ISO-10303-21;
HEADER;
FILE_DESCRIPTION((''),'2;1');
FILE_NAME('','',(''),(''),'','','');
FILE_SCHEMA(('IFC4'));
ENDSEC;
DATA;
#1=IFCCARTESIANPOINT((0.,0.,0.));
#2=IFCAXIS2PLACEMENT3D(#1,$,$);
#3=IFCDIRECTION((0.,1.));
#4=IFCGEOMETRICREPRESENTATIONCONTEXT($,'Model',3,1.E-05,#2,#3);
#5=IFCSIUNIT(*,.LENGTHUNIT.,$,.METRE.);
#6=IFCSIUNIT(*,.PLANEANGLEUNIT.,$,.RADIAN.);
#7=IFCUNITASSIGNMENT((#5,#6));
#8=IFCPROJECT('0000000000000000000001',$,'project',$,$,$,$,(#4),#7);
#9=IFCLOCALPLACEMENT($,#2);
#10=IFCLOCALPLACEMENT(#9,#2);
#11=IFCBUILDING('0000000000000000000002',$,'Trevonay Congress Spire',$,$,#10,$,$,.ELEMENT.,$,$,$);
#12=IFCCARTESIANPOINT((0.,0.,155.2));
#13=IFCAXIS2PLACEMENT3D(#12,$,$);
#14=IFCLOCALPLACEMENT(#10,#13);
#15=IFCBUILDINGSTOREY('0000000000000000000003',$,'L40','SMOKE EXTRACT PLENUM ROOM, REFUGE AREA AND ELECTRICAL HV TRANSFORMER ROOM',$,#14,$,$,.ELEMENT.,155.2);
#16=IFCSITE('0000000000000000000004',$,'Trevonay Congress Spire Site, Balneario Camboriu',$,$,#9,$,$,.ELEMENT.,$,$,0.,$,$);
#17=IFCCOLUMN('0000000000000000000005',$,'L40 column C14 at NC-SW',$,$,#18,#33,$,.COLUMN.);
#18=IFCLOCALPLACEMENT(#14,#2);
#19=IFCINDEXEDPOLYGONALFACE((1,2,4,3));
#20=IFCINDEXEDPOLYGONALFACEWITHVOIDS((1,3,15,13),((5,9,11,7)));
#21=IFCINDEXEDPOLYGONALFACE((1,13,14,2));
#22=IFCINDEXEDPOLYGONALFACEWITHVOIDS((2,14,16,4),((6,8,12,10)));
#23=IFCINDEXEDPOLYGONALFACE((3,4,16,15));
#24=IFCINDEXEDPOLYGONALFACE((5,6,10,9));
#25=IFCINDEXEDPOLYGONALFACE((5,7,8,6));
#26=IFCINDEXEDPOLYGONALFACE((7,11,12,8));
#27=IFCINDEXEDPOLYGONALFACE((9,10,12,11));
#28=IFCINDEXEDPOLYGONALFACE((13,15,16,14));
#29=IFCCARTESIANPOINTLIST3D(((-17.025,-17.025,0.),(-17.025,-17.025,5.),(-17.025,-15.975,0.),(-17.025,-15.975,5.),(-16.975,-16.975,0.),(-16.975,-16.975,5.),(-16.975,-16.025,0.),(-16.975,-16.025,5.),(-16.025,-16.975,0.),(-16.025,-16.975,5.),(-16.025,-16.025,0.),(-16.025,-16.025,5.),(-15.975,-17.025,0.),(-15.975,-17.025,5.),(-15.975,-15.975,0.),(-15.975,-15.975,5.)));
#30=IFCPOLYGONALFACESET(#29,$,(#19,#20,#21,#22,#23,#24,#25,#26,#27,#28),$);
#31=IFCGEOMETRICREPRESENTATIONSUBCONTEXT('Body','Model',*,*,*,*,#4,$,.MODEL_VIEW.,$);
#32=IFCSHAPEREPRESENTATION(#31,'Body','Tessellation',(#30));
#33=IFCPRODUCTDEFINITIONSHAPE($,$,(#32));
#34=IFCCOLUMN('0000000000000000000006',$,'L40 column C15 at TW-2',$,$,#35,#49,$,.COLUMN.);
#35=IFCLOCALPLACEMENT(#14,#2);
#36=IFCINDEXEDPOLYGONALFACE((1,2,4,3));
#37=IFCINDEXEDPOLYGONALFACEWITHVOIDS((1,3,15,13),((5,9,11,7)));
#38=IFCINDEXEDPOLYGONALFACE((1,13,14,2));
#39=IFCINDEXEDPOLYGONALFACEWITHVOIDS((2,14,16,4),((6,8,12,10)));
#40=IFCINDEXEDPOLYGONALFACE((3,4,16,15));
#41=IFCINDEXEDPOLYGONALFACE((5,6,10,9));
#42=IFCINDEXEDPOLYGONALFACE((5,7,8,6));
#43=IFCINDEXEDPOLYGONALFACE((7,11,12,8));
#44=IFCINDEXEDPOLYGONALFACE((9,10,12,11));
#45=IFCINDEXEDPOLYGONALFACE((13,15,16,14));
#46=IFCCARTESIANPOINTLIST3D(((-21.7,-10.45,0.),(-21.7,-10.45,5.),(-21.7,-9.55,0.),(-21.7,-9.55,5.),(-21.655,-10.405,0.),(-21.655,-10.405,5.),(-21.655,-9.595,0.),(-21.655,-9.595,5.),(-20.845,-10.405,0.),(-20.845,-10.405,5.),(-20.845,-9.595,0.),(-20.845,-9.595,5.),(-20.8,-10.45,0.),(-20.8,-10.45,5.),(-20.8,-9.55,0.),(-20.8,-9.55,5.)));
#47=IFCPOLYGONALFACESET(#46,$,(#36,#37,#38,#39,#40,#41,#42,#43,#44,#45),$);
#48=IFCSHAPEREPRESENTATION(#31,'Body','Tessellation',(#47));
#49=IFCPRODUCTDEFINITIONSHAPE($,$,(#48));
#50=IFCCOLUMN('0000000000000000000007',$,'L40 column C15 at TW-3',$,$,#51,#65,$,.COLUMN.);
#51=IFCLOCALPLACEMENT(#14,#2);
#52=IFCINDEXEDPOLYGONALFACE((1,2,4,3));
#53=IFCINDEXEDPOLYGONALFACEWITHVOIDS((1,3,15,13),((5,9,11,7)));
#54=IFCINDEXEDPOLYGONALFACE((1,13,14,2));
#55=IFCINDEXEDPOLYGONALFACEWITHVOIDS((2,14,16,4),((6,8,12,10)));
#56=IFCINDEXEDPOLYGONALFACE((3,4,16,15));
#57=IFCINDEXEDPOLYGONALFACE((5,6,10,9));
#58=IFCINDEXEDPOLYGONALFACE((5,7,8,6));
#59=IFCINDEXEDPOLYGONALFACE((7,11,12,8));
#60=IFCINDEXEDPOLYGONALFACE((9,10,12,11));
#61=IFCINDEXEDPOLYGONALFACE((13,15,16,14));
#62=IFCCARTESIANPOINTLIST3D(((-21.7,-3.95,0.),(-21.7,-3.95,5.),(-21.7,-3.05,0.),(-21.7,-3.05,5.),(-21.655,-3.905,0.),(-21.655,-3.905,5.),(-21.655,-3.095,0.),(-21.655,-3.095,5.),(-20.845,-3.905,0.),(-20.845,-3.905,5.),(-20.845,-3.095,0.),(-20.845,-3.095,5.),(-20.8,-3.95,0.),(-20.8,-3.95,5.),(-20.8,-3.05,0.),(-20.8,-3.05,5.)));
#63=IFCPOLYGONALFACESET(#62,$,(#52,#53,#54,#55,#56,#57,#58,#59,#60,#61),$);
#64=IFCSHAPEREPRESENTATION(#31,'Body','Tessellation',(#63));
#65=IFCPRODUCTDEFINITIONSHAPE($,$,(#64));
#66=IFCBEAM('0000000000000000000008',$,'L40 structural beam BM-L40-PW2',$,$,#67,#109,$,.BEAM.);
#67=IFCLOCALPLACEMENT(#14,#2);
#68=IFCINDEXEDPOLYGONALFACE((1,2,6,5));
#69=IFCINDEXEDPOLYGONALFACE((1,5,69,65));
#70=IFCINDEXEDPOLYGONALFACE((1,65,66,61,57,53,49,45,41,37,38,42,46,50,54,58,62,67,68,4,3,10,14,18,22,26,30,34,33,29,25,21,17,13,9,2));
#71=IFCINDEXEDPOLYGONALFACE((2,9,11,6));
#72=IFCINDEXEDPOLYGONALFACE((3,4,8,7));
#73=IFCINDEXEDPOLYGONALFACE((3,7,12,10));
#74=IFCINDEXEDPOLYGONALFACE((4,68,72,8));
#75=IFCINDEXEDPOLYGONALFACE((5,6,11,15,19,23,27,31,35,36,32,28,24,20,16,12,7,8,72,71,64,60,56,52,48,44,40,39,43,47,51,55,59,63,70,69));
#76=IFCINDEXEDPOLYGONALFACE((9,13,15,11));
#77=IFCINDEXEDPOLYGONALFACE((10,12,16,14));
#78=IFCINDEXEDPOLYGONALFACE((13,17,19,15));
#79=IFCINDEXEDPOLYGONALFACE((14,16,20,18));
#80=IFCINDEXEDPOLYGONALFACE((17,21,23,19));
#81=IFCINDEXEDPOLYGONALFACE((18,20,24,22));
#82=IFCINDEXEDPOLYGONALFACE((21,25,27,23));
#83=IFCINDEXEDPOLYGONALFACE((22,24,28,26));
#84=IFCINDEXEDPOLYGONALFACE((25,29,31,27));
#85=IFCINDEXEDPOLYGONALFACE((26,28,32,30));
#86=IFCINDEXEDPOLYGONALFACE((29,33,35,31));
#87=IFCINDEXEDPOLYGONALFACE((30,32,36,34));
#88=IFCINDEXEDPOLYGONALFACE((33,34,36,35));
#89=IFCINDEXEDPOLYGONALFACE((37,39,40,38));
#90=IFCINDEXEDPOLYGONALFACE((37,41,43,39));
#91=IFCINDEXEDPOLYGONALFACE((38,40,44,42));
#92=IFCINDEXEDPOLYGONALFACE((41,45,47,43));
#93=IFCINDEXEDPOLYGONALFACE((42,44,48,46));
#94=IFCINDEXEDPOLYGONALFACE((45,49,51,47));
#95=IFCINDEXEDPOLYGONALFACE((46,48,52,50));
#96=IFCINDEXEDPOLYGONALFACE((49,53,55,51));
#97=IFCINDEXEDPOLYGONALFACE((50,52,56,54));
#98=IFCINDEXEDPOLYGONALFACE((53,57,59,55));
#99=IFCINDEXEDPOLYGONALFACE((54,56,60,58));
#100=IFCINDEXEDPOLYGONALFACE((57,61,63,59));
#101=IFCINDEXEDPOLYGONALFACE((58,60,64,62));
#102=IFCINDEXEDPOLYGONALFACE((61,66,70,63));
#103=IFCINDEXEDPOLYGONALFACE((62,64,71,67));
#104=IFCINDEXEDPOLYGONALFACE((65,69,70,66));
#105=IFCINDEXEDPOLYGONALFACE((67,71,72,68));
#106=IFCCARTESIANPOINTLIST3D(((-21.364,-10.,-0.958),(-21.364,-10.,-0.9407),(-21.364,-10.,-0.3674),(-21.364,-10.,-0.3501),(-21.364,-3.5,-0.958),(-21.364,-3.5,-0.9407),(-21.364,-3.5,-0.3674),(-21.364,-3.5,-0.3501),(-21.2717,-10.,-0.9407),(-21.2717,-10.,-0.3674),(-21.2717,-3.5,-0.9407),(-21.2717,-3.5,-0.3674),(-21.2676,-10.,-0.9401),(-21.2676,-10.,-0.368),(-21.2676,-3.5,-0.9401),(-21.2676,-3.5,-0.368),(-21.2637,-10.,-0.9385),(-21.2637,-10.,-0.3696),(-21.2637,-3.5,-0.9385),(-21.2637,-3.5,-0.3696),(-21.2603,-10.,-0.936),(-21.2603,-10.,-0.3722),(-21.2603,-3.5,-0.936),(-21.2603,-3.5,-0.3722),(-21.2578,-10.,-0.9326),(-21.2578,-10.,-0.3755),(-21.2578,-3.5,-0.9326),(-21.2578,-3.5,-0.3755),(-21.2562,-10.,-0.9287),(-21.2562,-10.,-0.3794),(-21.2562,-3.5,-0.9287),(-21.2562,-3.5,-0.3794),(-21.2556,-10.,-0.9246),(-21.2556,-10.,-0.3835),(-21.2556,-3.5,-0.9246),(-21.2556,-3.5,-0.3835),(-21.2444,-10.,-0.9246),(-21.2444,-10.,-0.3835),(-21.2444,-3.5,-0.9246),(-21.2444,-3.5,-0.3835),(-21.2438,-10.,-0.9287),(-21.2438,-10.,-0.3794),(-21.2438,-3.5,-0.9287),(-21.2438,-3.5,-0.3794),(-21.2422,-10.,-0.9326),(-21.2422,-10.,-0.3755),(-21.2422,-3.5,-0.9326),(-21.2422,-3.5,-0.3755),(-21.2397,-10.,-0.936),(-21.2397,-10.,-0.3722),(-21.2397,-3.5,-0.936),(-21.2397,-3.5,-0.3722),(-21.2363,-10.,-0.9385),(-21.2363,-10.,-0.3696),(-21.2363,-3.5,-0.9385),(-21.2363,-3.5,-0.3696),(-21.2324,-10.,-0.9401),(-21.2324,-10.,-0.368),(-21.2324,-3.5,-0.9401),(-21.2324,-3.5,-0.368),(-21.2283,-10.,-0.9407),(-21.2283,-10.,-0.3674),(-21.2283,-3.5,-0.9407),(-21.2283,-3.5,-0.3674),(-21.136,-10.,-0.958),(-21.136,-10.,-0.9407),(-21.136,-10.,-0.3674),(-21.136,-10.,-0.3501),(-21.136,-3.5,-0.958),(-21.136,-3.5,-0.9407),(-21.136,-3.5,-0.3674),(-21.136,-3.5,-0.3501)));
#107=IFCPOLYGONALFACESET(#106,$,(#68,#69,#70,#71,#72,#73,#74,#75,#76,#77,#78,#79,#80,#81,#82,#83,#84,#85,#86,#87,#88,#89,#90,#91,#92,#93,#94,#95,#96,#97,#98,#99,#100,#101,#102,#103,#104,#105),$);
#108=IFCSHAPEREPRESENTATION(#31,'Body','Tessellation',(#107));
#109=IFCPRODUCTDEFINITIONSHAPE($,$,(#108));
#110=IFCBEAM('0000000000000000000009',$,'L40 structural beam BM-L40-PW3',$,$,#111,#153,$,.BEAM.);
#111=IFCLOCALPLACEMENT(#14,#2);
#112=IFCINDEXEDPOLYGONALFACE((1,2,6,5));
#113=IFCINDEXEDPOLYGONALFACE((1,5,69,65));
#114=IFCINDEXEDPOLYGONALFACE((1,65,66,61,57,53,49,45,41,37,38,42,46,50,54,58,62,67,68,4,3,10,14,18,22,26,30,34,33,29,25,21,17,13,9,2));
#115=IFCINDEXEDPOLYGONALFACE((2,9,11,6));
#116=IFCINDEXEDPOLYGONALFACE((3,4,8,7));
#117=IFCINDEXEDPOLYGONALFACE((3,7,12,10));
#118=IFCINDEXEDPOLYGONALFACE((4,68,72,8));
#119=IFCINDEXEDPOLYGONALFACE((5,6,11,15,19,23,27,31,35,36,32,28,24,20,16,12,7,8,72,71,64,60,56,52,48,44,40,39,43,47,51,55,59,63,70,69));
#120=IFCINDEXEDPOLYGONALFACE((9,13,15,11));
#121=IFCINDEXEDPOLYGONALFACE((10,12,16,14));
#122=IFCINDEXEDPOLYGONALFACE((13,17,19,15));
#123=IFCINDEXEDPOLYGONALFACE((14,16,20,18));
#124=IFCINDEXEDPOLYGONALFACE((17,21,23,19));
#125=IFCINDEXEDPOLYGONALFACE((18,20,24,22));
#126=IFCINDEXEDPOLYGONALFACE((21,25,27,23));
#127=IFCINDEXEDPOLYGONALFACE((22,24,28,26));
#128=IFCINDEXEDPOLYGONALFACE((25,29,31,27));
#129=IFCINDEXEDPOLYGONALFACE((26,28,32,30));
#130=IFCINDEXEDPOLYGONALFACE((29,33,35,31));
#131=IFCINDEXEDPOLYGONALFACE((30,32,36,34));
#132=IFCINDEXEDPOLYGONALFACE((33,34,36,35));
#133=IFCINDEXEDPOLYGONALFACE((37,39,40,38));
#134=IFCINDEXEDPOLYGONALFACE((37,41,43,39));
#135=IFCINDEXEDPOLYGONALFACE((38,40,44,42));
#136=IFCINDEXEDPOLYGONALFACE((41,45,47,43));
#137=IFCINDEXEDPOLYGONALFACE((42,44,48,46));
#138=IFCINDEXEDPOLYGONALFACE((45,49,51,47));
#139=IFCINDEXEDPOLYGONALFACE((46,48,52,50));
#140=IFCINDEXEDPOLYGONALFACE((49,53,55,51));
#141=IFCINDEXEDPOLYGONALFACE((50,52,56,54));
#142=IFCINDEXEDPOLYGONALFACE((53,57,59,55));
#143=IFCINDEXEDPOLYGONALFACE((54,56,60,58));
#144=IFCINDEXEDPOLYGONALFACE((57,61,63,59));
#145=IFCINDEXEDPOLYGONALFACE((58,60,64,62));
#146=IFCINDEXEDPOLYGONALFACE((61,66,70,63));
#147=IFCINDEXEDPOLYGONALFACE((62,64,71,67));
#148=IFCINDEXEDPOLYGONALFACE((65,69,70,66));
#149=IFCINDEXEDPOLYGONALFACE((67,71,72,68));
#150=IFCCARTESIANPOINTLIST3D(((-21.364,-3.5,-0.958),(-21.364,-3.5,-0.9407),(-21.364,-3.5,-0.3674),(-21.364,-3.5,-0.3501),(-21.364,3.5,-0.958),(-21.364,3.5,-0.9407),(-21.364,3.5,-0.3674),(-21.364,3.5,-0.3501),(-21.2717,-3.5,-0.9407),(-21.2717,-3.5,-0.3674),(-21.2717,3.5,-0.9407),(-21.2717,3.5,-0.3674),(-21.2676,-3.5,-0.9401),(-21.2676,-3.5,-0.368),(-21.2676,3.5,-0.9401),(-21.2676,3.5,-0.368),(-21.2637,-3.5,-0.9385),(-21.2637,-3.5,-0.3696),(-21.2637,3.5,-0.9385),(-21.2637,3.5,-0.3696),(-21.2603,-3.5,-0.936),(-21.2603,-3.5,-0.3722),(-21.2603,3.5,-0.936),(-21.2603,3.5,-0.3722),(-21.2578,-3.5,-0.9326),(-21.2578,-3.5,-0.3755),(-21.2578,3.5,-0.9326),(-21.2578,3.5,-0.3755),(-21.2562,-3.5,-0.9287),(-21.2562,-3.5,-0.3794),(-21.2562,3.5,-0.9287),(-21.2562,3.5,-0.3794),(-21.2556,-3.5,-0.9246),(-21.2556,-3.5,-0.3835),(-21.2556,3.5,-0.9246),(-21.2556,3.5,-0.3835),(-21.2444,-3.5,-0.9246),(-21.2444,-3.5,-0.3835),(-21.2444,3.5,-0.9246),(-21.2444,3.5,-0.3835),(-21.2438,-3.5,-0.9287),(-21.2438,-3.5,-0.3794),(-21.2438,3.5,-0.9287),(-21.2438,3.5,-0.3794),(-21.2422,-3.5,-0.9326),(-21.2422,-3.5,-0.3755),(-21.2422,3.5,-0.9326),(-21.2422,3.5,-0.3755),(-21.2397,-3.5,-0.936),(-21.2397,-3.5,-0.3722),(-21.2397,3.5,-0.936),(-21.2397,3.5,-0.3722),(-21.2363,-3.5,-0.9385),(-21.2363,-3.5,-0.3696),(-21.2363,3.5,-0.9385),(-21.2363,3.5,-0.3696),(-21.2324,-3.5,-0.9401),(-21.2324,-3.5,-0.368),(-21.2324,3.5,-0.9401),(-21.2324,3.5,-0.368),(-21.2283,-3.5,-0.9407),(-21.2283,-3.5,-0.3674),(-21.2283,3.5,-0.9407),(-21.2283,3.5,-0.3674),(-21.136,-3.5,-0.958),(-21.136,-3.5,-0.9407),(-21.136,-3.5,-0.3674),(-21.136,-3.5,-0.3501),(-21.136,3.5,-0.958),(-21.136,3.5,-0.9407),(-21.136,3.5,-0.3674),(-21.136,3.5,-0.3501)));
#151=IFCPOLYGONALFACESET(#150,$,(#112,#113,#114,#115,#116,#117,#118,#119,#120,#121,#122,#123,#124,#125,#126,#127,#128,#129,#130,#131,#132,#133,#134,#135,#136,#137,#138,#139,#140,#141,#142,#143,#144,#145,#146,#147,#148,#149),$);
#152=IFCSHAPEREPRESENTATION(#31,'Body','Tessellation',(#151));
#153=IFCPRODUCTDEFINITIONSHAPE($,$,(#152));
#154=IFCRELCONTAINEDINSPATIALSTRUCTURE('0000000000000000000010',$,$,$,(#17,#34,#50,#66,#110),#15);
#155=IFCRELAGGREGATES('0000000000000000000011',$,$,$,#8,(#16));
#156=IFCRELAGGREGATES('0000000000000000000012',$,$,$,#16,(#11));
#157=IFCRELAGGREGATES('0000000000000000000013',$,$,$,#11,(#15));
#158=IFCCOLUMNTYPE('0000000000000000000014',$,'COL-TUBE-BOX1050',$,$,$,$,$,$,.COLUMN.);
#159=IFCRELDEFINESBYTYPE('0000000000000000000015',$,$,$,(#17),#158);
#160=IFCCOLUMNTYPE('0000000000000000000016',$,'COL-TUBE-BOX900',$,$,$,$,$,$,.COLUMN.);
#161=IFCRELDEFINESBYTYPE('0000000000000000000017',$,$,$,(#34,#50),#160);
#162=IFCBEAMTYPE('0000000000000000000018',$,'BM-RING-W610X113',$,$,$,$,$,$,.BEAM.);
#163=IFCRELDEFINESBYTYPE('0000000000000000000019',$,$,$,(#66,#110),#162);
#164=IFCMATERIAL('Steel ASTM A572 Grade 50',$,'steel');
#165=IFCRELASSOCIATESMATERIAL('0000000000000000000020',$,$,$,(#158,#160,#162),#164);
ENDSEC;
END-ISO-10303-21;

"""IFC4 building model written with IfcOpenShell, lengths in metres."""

from ifc_helpers import new_model, si_unit, direction, frame, origin, origin_2d, place, context, subcontext, project, spatial, hollow_rectangle, i_section, extrude, material, material_profile, profile_set, type_object, element, save


model = new_model("IFC4")

# Units and contexts
model_context = context("Model", 3, precision=1e-05, world=origin(), true_north=direction((0.0, 1.0)))
body_context = subcontext(model_context, "Body", "Model", "MODEL_VIEW")
ifc_project = project(units=[si_unit("LENGTHUNIT", "METRE"), si_unit("PLANEANGLEUNIT", "RADIAN")], contexts=[model_context])

# Site, building, storey
site_placement = place(None, origin())
site = spatial("IfcSite", under=ifc_project, at=site_placement, Name="Trevonay Congress Spire Site, Balneario Camboriu", CompositionType="ELEMENT", RefElevation=0.0)
building_placement = place(site_placement, origin())
building = spatial("IfcBuilding", under=site, at=building_placement, Name="Trevonay Congress Spire", CompositionType="ELEMENT")
storey_placement = place(building_placement, frame((0.0, 0.0, 155.2)))
storey = spatial("IfcBuildingStorey", under=building, at=storey_placement, Name="L40", Description="SMOKE EXTRACT PLENUM ROOM, REFUGE AREA AND ELECTRICAL HV TRANSFORMER ROOM", CompositionType="ELEMENT", Elevation=155.2)

# Columns
ifc_material_1 = material(Name="Steel ASTM A572 Grade 50", Category="steel")
ifc_material_profile_1 = material_profile(ifc_material_1, hollow_rectangle(XDim=1.05, YDim=1.05, WallThickness=0.05, at=origin_2d()), Name="BOX 1050x1050x50")
ifc_profile_set_1 = profile_set([ifc_material_profile_1], Name="Steel ASTM A572 Grade 50")
column_type_1 = type_object("IfcColumnType", Name="COL-TUBE-BOX1050", PredefinedType="COLUMN", material=ifc_profile_set_1)
column_placement = place(storey_placement, frame((-16.5, -16.5, 0.0), z_axis=(0.0, 0.0, 1.0), x_axis=(1.0, 0.0, 0.0)))
element("IfcColumn", 1, at=column_placement, inside=storey, type_object=column_type_1, Name="L40 column C14 at NC-SW", PredefinedType="COLUMN", context=body_context, shape_type="SweptSolid", body=[
    extrude(hollow_rectangle(XDim=1.05, YDim=1.05, WallThickness=0.05, at=origin_2d()), origin(), (0.0, 0.0, 1.0), 5.0),
])
ifc_material_profile_2 = material_profile(ifc_material_1, hollow_rectangle(XDim=0.8999, YDim=0.8999, WallThickness=0.0449, at=origin_2d()), Name="BOX 900x900x45")
ifc_profile_set_2 = profile_set([ifc_material_profile_2], Name="Steel ASTM A572 Grade 50")
column_type_2 = type_object("IfcColumnType", Name="COL-TUBE-BOX900", PredefinedType="COLUMN", material=ifc_profile_set_2)
for number, where, z_axis, x_axis, name in (
    (2, (-21.25, -10.0, 0.0), (0.0, 0.0, 1.0), (1.0, 0.0, 0.0), "L40 column C15 at TW-2"),
    (3, (-21.25, -3.5, 0.0), (0.0, 0.0, 1.0), (1.0, 0.0, 0.0), "L40 column C15 at TW-3"),
):
    element("IfcColumn", number, at=place(storey_placement, frame(where, z_axis=z_axis, x_axis=x_axis)), inside=storey, type_object=column_type_2, Name=name, PredefinedType="COLUMN", context=body_context, shape_type="SweptSolid", body=[
        extrude(hollow_rectangle(XDim=0.8999, YDim=0.8999, WallThickness=0.0449, at=origin_2d()), origin(), (0.0, 0.0, 1.0), 5.0),
    ])

# Beams
ifc_material_profile_3 = material_profile(ifc_material_1, i_section(OverallWidth=0.228, OverallDepth=0.6079, WebThickness=0.0112, FlangeThickness=0.0173, FilletRadius=0.0161, at=origin_2d()), Name="W610x113")
ifc_profile_set_3 = profile_set([ifc_material_profile_3], Name="Steel ASTM A572 Grade 50")
beam_type_1 = type_object("IfcBeamType", Name="BM-RING-W610X113", PredefinedType="BEAM", material=ifc_profile_set_3)
beam_1_placement = place(storey_placement, frame((-21.25, -10.0, -0.6541), z_axis=(0.0, 1.0, 0.0), x_axis=(-1.0, 0.0, 0.0)))
element("IfcBeam", 4, at=beam_1_placement, inside=storey, type_object=beam_type_1, Name="L40 structural beam BM-L40-PW2", PredefinedType="BEAM", context=body_context, shape_type="SweptSolid", body=[
    extrude(i_section(OverallWidth=0.228, OverallDepth=0.6079, WebThickness=0.0112, FlangeThickness=0.0173, FilletRadius=0.0161, at=origin_2d()), origin(), (0.0, 0.0, 1.0), 6.5),
])
beam_2_placement = place(storey_placement, frame((-21.25, -3.5, -0.6541), z_axis=(0.0, 1.0, 0.0), x_axis=(-1.0, 0.0, 0.0)))
element("IfcBeam", 5, at=beam_2_placement, inside=storey, type_object=beam_type_1, Name="L40 structural beam BM-L40-PW3", PredefinedType="BEAM", context=body_context, shape_type="SweptSolid", body=[
    extrude(i_section(OverallWidth=0.228, OverallDepth=0.6079, WebThickness=0.0112, FlangeThickness=0.0173, FilletRadius=0.0161, at=origin_2d()), origin(), (0.0, 0.0, 1.0), 7.0),
])

save(model, "model.ifc")
